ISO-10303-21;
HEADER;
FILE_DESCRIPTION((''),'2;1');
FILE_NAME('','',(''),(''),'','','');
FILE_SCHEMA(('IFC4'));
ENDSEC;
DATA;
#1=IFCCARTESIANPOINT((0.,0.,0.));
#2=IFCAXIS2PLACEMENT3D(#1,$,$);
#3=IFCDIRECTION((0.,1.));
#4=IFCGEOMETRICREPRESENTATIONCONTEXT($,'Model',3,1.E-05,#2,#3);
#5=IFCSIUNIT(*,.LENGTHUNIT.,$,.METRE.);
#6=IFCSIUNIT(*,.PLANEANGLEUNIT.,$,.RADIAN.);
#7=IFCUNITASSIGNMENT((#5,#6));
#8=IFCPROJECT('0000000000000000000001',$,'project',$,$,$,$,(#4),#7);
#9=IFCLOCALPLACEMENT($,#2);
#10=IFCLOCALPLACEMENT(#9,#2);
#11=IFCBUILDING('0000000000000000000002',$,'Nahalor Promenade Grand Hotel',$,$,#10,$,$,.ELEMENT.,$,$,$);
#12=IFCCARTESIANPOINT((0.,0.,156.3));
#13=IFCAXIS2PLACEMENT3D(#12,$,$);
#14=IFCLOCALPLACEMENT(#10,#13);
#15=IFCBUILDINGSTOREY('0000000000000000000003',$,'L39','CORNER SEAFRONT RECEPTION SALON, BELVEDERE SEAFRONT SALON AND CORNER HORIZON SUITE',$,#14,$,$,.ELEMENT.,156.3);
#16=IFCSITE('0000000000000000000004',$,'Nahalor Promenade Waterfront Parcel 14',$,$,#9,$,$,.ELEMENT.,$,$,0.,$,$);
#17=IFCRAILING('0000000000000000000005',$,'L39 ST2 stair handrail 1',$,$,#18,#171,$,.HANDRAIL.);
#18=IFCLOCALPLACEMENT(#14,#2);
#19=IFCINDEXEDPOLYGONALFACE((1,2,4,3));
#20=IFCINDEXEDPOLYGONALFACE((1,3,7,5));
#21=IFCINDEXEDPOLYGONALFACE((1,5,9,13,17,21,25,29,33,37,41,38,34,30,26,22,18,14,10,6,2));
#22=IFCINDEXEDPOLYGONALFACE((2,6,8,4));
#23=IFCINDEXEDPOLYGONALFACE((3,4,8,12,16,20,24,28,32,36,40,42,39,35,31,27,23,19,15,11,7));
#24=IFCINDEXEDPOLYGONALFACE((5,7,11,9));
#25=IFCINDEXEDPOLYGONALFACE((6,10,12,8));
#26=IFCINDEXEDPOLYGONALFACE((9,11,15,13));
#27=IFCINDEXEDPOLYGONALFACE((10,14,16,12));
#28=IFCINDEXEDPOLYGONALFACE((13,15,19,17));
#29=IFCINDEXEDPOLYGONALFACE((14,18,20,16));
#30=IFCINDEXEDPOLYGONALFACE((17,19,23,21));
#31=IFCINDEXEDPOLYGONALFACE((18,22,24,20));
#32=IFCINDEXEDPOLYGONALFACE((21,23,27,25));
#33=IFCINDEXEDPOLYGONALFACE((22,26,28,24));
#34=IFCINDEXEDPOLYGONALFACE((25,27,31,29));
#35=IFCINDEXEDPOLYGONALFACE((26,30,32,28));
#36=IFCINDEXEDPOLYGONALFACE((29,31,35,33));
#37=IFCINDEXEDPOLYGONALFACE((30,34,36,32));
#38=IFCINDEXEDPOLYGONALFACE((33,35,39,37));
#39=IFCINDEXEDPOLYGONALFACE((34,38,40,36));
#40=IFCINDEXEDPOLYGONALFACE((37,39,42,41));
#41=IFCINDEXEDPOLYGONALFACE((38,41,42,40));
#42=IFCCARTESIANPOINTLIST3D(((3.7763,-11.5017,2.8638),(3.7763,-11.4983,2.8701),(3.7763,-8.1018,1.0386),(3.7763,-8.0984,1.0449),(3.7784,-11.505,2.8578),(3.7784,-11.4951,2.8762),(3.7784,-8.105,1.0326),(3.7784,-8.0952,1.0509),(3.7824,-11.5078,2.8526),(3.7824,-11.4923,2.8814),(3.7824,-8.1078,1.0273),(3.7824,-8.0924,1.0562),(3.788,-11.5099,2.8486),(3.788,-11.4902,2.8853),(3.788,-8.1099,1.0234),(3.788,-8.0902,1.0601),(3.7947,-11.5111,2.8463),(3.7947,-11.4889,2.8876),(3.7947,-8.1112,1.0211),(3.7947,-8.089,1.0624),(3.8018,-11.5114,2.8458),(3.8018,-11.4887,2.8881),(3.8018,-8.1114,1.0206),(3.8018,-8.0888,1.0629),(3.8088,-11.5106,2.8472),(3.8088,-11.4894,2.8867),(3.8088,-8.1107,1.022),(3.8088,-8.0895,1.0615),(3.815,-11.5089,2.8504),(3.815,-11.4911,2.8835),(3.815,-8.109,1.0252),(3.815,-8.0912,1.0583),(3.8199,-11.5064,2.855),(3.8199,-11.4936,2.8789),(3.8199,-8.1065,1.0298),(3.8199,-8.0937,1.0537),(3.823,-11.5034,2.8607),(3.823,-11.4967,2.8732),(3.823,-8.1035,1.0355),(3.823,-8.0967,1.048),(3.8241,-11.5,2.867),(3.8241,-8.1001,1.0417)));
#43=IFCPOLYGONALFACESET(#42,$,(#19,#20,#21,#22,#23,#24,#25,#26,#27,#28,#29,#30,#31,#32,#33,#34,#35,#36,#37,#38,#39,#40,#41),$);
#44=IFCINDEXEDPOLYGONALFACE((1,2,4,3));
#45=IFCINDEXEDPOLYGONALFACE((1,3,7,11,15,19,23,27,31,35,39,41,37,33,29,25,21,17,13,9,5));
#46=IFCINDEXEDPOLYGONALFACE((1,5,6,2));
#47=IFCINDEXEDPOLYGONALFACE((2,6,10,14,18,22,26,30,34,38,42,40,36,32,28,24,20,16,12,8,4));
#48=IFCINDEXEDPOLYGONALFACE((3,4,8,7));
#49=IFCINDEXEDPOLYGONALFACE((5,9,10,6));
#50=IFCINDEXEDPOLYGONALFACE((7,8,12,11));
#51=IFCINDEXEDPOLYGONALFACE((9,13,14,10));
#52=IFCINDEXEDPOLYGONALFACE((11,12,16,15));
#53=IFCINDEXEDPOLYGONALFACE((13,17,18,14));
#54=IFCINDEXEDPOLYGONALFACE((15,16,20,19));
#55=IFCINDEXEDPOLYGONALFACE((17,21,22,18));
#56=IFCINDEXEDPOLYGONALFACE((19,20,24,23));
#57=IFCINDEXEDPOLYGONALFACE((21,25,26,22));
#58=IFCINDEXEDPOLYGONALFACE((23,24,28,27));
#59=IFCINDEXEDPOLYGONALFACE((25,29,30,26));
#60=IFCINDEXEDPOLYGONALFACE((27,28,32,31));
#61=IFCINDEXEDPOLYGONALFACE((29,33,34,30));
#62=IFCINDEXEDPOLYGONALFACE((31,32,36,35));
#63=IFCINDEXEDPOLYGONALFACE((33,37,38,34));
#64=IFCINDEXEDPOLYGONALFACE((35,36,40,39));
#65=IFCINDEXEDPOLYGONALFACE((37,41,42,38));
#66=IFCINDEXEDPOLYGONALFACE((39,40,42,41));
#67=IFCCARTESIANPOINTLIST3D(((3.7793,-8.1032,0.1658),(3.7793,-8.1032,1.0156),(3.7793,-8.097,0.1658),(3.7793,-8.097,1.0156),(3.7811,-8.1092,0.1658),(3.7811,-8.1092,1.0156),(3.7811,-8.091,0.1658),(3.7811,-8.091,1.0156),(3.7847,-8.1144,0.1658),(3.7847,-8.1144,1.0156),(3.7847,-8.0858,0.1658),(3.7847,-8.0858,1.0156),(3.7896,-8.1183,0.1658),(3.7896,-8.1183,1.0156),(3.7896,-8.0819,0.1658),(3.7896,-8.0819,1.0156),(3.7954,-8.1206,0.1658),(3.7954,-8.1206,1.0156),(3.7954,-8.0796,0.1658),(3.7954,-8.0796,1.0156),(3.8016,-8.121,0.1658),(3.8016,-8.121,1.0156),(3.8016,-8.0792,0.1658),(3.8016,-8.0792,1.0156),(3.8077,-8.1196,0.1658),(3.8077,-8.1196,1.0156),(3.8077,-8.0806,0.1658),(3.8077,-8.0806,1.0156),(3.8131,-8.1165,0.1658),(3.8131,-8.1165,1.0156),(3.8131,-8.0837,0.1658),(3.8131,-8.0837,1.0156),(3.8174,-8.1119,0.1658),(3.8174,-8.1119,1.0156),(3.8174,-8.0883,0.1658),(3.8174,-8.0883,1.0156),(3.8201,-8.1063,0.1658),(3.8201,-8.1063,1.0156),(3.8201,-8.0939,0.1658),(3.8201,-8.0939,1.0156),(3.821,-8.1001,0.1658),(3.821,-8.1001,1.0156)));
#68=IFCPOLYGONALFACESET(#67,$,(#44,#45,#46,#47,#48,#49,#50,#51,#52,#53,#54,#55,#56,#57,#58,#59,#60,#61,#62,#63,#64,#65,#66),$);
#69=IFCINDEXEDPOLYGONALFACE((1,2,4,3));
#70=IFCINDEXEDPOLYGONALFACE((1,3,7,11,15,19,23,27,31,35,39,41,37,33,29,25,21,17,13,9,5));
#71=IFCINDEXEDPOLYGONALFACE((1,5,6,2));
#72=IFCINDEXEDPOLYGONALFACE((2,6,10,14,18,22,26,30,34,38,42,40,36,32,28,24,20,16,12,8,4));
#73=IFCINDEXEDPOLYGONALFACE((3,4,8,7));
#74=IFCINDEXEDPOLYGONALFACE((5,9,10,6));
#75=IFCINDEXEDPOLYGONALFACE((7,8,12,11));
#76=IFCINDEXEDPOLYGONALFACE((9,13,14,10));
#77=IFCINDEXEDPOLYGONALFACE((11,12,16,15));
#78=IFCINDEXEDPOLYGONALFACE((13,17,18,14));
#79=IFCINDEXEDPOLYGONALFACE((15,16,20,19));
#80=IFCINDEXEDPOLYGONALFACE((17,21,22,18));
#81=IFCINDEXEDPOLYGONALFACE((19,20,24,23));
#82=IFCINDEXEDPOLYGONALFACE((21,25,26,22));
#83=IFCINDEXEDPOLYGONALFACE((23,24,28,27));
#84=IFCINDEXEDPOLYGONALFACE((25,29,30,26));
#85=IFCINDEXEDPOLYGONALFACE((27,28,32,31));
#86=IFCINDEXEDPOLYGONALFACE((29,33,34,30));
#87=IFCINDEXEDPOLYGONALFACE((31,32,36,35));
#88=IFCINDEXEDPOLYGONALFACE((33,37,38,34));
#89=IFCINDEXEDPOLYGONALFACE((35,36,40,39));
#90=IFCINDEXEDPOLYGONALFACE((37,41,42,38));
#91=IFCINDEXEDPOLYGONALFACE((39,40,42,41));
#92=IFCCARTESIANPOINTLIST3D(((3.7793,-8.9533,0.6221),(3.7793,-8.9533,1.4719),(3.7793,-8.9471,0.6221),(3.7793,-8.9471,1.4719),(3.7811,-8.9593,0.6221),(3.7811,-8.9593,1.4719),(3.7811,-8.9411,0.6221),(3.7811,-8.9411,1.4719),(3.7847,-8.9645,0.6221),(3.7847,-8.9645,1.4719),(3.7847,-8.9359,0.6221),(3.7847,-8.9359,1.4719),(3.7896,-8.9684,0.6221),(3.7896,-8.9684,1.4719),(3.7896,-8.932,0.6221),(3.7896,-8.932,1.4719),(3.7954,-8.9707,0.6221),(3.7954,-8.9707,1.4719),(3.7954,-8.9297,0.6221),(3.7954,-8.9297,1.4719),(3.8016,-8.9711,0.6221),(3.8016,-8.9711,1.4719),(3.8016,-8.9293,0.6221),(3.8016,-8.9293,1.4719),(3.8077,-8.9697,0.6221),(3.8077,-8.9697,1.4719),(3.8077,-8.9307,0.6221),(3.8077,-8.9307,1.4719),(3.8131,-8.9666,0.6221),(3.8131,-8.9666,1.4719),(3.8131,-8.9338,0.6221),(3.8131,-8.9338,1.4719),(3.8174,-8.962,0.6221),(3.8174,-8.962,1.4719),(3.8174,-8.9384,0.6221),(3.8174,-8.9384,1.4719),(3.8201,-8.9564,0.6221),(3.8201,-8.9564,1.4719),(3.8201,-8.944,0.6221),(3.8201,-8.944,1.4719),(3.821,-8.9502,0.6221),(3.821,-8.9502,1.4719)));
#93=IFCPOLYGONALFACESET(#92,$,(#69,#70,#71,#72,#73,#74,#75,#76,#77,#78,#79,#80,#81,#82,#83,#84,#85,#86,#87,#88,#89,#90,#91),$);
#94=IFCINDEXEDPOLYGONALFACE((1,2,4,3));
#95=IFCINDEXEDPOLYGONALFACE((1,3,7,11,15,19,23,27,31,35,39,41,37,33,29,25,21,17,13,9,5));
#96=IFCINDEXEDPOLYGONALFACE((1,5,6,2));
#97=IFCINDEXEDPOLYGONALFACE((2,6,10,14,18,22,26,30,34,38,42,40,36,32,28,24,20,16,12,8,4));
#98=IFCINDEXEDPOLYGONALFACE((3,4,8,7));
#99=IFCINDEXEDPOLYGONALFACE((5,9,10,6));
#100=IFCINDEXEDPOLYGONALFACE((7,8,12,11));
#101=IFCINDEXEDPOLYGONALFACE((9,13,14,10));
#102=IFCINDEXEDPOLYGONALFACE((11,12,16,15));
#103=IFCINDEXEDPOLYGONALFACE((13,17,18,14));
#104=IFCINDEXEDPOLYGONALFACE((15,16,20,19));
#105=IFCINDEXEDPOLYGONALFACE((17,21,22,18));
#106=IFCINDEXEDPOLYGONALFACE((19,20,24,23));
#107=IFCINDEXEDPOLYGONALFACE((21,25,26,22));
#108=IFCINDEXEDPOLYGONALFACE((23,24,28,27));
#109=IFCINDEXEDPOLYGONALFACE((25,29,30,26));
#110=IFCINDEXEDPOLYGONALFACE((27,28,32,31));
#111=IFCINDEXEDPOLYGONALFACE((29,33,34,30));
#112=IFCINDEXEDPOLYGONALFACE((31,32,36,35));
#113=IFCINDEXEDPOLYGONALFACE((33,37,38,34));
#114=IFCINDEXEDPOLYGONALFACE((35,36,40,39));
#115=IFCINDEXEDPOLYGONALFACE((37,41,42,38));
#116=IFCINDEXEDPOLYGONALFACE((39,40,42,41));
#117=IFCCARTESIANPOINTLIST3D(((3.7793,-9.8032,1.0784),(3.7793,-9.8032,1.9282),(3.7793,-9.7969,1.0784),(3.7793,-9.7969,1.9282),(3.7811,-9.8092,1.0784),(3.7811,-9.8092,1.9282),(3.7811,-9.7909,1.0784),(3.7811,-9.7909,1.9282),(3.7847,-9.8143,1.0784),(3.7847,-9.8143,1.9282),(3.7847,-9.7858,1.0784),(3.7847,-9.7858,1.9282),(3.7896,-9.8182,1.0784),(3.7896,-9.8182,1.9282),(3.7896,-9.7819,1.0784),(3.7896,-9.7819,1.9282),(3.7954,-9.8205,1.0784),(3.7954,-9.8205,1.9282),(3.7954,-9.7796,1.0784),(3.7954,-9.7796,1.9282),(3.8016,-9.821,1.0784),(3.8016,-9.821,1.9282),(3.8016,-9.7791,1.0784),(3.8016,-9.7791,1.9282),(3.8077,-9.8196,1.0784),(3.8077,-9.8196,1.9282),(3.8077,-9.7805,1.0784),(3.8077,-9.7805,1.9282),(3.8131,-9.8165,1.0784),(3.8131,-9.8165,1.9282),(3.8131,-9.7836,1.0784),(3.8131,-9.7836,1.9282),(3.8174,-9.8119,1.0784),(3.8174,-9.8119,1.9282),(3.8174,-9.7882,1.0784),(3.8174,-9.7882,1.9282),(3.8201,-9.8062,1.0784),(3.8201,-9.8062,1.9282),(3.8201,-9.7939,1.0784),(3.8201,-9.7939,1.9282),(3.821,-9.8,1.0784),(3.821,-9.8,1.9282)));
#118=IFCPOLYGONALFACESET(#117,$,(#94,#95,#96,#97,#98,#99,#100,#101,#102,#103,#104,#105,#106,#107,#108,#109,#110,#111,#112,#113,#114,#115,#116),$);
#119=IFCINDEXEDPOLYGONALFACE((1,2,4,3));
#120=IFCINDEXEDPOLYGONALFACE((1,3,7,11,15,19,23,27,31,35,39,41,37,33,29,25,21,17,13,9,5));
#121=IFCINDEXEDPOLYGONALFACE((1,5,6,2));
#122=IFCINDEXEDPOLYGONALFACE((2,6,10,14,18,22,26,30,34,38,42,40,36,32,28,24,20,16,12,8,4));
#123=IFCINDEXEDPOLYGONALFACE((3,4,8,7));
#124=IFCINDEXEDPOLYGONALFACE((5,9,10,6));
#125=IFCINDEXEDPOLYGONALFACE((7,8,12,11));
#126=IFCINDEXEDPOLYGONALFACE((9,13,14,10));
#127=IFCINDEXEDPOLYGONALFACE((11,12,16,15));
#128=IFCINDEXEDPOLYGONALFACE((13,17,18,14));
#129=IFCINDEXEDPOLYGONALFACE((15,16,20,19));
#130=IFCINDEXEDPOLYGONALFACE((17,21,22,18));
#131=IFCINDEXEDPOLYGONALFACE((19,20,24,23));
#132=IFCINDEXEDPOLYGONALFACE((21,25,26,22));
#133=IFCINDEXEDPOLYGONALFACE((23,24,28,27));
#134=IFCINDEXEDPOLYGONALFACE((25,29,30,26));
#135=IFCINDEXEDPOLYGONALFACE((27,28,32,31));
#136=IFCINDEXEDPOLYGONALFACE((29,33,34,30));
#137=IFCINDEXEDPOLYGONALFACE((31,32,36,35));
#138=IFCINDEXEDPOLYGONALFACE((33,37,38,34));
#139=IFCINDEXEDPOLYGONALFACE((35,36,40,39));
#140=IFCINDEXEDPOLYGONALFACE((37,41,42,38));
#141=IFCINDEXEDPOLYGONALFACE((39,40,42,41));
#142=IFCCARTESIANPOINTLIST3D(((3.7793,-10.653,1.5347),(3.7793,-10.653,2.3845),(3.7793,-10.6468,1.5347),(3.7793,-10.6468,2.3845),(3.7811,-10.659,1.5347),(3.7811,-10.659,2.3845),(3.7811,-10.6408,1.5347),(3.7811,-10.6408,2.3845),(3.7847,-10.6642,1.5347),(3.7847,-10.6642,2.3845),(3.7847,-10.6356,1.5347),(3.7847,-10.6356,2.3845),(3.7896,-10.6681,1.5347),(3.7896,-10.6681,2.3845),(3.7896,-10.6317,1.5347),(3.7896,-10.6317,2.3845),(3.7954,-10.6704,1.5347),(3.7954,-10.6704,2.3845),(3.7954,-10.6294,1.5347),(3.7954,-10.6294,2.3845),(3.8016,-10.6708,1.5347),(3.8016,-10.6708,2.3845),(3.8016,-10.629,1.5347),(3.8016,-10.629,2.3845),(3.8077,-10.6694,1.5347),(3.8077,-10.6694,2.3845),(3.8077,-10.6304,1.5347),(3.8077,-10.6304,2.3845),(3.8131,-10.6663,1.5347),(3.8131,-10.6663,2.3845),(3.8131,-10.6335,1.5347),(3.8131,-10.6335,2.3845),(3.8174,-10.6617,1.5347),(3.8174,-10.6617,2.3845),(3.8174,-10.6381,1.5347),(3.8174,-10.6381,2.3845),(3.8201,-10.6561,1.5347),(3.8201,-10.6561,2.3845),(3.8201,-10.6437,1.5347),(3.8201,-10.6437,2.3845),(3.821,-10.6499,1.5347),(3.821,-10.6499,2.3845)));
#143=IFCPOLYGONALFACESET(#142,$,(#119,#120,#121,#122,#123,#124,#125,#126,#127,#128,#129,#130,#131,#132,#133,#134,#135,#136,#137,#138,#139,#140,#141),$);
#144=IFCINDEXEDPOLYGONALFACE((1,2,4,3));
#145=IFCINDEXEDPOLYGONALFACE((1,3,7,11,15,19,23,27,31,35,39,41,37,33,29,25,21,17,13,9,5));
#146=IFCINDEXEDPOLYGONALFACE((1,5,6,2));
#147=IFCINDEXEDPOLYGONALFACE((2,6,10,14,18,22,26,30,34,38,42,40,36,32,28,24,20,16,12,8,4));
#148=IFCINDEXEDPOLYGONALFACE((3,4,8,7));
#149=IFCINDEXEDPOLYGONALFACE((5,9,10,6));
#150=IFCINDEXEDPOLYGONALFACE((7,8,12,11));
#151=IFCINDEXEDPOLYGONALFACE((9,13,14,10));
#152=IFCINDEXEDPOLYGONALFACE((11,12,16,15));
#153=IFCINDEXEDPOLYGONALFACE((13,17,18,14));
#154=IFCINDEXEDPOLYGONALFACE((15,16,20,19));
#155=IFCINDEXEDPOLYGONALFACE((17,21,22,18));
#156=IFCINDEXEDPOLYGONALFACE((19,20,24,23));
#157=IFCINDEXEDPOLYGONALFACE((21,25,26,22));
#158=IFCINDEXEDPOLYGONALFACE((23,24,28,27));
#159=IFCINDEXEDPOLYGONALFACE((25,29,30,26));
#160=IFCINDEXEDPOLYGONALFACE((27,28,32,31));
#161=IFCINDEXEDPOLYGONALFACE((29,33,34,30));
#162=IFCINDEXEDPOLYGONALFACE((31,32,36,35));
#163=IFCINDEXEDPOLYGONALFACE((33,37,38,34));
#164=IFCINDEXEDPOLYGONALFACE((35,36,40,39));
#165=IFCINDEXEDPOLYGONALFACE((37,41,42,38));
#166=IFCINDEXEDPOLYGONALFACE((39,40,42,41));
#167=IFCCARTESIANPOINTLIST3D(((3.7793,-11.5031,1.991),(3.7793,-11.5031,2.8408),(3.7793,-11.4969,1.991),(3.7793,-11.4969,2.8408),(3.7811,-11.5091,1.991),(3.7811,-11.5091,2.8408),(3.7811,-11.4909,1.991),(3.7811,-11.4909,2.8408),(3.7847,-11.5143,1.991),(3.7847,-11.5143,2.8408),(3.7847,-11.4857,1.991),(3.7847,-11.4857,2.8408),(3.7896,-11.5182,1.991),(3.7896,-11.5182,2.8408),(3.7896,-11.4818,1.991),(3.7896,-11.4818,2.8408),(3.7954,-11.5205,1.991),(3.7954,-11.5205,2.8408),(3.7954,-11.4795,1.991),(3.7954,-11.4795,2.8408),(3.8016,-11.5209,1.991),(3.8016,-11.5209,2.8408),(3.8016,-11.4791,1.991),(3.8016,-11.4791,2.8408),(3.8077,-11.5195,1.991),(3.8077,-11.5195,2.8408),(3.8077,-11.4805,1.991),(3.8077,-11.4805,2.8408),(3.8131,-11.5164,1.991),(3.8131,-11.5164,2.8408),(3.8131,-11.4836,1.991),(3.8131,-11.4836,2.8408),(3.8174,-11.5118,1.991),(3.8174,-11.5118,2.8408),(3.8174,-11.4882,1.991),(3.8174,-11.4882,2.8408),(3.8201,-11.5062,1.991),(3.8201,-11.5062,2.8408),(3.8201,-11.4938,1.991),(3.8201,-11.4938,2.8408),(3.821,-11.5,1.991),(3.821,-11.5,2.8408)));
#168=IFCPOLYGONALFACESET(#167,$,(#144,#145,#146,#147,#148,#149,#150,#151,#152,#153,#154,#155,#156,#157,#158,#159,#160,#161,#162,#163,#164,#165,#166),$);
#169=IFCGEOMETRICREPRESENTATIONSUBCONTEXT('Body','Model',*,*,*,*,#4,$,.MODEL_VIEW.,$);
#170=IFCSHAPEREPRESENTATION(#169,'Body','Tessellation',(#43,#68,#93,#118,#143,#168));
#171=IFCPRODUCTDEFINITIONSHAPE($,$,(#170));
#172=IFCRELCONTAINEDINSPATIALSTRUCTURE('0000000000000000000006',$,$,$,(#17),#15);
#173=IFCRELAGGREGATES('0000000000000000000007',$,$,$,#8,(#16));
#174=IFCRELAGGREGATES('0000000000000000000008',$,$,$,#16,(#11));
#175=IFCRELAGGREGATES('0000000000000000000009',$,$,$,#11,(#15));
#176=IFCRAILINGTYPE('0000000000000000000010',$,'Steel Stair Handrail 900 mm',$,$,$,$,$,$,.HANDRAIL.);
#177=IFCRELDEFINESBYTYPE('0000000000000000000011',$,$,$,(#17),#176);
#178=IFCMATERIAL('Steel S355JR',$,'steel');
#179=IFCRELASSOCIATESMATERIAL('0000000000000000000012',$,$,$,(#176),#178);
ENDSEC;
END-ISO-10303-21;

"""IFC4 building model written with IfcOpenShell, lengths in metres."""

from ifc_helpers import new_model, si_unit, direction, frame, origin, origin_2d, place, context, subcontext, project, spatial, circle, extrude, material, type_object, element, save


model = new_model("IFC4")

# Units and contexts
model_context = context("Model", 3, precision=1e-05, world=origin(), true_north=direction((0.0, 1.0)))
body_context = subcontext(model_context, "Body", "Model", "MODEL_VIEW")
ifc_project = project(units=[si_unit("LENGTHUNIT", "METRE"), si_unit("PLANEANGLEUNIT", "RADIAN")], contexts=[model_context])

# Site, building, storey
site_placement = place(None, origin())
site = spatial("IfcSite", under=ifc_project, at=site_placement, Name="Nahalor Promenade Waterfront Parcel 14", CompositionType="ELEMENT", RefElevation=0.0)
building_placement = place(site_placement, origin())
building = spatial("IfcBuilding", under=site, at=building_placement, Name="Nahalor Promenade Grand Hotel", CompositionType="ELEMENT")
storey_placement = place(building_placement, frame((0.0, 0.0, 156.3)))
storey = spatial("IfcBuildingStorey", under=building, at=storey_placement, Name="L39", Description="CORNER SEAFRONT RECEPTION SALON, BELVEDERE SEAFRONT SALON AND CORNER HORIZON SUITE", CompositionType="ELEMENT", Elevation=156.3)

# Shared definitions
ifc_material_1 = material(Name="Steel S355JR", Category="steel")

# Railing
railing_type_1 = type_object("IfcRailingType", Name="Steel Stair Handrail 900 mm", PredefinedType="HANDRAIL", material=ifc_material_1)
railing_1_placement = place(storey_placement, frame((3.8, -8.1001, 0.1658)))
element("IfcRailing", 1, at=railing_1_placement, inside=storey, type_object=railing_type_1, Name="L39 ST2 stair handrail 1", PredefinedType="HANDRAIL", context=body_context, shape_type="SweptSolid", body=[
    extrude(circle(Radius=0.024, at=origin_2d()), frame((0.0, 0.0, 0.876), z_axis=(0.0, -0.881068, 0.47299), x_axis=(1.0, 0.0, 0.0)), (0.0, 0.0, 1.0), 3.8589),
    extrude(circle(Radius=0.021, at=origin_2d()), origin(), (0.0, 0.0, 1.0), 0.8499),
    extrude(circle(Radius=0.021, at=origin_2d()), frame((0.0, -0.8501, 0.4563)), (0.0, 0.0, 1.0), 0.8499),
    extrude(circle(Radius=0.021, at=origin_2d()), frame((0.0, -1.7, 0.9126)), (0.0, 0.0, 1.0), 0.8499),
    extrude(circle(Radius=0.021, at=origin_2d()), frame((0.0, -2.5498, 1.3689)), (0.0, 0.0, 1.0), 0.8499),
    extrude(circle(Radius=0.021, at=origin_2d()), frame((0.0, -3.3999, 1.8252)), (0.0, 0.0, 1.0), 0.8499),
])

save(model, "model.ifc")
